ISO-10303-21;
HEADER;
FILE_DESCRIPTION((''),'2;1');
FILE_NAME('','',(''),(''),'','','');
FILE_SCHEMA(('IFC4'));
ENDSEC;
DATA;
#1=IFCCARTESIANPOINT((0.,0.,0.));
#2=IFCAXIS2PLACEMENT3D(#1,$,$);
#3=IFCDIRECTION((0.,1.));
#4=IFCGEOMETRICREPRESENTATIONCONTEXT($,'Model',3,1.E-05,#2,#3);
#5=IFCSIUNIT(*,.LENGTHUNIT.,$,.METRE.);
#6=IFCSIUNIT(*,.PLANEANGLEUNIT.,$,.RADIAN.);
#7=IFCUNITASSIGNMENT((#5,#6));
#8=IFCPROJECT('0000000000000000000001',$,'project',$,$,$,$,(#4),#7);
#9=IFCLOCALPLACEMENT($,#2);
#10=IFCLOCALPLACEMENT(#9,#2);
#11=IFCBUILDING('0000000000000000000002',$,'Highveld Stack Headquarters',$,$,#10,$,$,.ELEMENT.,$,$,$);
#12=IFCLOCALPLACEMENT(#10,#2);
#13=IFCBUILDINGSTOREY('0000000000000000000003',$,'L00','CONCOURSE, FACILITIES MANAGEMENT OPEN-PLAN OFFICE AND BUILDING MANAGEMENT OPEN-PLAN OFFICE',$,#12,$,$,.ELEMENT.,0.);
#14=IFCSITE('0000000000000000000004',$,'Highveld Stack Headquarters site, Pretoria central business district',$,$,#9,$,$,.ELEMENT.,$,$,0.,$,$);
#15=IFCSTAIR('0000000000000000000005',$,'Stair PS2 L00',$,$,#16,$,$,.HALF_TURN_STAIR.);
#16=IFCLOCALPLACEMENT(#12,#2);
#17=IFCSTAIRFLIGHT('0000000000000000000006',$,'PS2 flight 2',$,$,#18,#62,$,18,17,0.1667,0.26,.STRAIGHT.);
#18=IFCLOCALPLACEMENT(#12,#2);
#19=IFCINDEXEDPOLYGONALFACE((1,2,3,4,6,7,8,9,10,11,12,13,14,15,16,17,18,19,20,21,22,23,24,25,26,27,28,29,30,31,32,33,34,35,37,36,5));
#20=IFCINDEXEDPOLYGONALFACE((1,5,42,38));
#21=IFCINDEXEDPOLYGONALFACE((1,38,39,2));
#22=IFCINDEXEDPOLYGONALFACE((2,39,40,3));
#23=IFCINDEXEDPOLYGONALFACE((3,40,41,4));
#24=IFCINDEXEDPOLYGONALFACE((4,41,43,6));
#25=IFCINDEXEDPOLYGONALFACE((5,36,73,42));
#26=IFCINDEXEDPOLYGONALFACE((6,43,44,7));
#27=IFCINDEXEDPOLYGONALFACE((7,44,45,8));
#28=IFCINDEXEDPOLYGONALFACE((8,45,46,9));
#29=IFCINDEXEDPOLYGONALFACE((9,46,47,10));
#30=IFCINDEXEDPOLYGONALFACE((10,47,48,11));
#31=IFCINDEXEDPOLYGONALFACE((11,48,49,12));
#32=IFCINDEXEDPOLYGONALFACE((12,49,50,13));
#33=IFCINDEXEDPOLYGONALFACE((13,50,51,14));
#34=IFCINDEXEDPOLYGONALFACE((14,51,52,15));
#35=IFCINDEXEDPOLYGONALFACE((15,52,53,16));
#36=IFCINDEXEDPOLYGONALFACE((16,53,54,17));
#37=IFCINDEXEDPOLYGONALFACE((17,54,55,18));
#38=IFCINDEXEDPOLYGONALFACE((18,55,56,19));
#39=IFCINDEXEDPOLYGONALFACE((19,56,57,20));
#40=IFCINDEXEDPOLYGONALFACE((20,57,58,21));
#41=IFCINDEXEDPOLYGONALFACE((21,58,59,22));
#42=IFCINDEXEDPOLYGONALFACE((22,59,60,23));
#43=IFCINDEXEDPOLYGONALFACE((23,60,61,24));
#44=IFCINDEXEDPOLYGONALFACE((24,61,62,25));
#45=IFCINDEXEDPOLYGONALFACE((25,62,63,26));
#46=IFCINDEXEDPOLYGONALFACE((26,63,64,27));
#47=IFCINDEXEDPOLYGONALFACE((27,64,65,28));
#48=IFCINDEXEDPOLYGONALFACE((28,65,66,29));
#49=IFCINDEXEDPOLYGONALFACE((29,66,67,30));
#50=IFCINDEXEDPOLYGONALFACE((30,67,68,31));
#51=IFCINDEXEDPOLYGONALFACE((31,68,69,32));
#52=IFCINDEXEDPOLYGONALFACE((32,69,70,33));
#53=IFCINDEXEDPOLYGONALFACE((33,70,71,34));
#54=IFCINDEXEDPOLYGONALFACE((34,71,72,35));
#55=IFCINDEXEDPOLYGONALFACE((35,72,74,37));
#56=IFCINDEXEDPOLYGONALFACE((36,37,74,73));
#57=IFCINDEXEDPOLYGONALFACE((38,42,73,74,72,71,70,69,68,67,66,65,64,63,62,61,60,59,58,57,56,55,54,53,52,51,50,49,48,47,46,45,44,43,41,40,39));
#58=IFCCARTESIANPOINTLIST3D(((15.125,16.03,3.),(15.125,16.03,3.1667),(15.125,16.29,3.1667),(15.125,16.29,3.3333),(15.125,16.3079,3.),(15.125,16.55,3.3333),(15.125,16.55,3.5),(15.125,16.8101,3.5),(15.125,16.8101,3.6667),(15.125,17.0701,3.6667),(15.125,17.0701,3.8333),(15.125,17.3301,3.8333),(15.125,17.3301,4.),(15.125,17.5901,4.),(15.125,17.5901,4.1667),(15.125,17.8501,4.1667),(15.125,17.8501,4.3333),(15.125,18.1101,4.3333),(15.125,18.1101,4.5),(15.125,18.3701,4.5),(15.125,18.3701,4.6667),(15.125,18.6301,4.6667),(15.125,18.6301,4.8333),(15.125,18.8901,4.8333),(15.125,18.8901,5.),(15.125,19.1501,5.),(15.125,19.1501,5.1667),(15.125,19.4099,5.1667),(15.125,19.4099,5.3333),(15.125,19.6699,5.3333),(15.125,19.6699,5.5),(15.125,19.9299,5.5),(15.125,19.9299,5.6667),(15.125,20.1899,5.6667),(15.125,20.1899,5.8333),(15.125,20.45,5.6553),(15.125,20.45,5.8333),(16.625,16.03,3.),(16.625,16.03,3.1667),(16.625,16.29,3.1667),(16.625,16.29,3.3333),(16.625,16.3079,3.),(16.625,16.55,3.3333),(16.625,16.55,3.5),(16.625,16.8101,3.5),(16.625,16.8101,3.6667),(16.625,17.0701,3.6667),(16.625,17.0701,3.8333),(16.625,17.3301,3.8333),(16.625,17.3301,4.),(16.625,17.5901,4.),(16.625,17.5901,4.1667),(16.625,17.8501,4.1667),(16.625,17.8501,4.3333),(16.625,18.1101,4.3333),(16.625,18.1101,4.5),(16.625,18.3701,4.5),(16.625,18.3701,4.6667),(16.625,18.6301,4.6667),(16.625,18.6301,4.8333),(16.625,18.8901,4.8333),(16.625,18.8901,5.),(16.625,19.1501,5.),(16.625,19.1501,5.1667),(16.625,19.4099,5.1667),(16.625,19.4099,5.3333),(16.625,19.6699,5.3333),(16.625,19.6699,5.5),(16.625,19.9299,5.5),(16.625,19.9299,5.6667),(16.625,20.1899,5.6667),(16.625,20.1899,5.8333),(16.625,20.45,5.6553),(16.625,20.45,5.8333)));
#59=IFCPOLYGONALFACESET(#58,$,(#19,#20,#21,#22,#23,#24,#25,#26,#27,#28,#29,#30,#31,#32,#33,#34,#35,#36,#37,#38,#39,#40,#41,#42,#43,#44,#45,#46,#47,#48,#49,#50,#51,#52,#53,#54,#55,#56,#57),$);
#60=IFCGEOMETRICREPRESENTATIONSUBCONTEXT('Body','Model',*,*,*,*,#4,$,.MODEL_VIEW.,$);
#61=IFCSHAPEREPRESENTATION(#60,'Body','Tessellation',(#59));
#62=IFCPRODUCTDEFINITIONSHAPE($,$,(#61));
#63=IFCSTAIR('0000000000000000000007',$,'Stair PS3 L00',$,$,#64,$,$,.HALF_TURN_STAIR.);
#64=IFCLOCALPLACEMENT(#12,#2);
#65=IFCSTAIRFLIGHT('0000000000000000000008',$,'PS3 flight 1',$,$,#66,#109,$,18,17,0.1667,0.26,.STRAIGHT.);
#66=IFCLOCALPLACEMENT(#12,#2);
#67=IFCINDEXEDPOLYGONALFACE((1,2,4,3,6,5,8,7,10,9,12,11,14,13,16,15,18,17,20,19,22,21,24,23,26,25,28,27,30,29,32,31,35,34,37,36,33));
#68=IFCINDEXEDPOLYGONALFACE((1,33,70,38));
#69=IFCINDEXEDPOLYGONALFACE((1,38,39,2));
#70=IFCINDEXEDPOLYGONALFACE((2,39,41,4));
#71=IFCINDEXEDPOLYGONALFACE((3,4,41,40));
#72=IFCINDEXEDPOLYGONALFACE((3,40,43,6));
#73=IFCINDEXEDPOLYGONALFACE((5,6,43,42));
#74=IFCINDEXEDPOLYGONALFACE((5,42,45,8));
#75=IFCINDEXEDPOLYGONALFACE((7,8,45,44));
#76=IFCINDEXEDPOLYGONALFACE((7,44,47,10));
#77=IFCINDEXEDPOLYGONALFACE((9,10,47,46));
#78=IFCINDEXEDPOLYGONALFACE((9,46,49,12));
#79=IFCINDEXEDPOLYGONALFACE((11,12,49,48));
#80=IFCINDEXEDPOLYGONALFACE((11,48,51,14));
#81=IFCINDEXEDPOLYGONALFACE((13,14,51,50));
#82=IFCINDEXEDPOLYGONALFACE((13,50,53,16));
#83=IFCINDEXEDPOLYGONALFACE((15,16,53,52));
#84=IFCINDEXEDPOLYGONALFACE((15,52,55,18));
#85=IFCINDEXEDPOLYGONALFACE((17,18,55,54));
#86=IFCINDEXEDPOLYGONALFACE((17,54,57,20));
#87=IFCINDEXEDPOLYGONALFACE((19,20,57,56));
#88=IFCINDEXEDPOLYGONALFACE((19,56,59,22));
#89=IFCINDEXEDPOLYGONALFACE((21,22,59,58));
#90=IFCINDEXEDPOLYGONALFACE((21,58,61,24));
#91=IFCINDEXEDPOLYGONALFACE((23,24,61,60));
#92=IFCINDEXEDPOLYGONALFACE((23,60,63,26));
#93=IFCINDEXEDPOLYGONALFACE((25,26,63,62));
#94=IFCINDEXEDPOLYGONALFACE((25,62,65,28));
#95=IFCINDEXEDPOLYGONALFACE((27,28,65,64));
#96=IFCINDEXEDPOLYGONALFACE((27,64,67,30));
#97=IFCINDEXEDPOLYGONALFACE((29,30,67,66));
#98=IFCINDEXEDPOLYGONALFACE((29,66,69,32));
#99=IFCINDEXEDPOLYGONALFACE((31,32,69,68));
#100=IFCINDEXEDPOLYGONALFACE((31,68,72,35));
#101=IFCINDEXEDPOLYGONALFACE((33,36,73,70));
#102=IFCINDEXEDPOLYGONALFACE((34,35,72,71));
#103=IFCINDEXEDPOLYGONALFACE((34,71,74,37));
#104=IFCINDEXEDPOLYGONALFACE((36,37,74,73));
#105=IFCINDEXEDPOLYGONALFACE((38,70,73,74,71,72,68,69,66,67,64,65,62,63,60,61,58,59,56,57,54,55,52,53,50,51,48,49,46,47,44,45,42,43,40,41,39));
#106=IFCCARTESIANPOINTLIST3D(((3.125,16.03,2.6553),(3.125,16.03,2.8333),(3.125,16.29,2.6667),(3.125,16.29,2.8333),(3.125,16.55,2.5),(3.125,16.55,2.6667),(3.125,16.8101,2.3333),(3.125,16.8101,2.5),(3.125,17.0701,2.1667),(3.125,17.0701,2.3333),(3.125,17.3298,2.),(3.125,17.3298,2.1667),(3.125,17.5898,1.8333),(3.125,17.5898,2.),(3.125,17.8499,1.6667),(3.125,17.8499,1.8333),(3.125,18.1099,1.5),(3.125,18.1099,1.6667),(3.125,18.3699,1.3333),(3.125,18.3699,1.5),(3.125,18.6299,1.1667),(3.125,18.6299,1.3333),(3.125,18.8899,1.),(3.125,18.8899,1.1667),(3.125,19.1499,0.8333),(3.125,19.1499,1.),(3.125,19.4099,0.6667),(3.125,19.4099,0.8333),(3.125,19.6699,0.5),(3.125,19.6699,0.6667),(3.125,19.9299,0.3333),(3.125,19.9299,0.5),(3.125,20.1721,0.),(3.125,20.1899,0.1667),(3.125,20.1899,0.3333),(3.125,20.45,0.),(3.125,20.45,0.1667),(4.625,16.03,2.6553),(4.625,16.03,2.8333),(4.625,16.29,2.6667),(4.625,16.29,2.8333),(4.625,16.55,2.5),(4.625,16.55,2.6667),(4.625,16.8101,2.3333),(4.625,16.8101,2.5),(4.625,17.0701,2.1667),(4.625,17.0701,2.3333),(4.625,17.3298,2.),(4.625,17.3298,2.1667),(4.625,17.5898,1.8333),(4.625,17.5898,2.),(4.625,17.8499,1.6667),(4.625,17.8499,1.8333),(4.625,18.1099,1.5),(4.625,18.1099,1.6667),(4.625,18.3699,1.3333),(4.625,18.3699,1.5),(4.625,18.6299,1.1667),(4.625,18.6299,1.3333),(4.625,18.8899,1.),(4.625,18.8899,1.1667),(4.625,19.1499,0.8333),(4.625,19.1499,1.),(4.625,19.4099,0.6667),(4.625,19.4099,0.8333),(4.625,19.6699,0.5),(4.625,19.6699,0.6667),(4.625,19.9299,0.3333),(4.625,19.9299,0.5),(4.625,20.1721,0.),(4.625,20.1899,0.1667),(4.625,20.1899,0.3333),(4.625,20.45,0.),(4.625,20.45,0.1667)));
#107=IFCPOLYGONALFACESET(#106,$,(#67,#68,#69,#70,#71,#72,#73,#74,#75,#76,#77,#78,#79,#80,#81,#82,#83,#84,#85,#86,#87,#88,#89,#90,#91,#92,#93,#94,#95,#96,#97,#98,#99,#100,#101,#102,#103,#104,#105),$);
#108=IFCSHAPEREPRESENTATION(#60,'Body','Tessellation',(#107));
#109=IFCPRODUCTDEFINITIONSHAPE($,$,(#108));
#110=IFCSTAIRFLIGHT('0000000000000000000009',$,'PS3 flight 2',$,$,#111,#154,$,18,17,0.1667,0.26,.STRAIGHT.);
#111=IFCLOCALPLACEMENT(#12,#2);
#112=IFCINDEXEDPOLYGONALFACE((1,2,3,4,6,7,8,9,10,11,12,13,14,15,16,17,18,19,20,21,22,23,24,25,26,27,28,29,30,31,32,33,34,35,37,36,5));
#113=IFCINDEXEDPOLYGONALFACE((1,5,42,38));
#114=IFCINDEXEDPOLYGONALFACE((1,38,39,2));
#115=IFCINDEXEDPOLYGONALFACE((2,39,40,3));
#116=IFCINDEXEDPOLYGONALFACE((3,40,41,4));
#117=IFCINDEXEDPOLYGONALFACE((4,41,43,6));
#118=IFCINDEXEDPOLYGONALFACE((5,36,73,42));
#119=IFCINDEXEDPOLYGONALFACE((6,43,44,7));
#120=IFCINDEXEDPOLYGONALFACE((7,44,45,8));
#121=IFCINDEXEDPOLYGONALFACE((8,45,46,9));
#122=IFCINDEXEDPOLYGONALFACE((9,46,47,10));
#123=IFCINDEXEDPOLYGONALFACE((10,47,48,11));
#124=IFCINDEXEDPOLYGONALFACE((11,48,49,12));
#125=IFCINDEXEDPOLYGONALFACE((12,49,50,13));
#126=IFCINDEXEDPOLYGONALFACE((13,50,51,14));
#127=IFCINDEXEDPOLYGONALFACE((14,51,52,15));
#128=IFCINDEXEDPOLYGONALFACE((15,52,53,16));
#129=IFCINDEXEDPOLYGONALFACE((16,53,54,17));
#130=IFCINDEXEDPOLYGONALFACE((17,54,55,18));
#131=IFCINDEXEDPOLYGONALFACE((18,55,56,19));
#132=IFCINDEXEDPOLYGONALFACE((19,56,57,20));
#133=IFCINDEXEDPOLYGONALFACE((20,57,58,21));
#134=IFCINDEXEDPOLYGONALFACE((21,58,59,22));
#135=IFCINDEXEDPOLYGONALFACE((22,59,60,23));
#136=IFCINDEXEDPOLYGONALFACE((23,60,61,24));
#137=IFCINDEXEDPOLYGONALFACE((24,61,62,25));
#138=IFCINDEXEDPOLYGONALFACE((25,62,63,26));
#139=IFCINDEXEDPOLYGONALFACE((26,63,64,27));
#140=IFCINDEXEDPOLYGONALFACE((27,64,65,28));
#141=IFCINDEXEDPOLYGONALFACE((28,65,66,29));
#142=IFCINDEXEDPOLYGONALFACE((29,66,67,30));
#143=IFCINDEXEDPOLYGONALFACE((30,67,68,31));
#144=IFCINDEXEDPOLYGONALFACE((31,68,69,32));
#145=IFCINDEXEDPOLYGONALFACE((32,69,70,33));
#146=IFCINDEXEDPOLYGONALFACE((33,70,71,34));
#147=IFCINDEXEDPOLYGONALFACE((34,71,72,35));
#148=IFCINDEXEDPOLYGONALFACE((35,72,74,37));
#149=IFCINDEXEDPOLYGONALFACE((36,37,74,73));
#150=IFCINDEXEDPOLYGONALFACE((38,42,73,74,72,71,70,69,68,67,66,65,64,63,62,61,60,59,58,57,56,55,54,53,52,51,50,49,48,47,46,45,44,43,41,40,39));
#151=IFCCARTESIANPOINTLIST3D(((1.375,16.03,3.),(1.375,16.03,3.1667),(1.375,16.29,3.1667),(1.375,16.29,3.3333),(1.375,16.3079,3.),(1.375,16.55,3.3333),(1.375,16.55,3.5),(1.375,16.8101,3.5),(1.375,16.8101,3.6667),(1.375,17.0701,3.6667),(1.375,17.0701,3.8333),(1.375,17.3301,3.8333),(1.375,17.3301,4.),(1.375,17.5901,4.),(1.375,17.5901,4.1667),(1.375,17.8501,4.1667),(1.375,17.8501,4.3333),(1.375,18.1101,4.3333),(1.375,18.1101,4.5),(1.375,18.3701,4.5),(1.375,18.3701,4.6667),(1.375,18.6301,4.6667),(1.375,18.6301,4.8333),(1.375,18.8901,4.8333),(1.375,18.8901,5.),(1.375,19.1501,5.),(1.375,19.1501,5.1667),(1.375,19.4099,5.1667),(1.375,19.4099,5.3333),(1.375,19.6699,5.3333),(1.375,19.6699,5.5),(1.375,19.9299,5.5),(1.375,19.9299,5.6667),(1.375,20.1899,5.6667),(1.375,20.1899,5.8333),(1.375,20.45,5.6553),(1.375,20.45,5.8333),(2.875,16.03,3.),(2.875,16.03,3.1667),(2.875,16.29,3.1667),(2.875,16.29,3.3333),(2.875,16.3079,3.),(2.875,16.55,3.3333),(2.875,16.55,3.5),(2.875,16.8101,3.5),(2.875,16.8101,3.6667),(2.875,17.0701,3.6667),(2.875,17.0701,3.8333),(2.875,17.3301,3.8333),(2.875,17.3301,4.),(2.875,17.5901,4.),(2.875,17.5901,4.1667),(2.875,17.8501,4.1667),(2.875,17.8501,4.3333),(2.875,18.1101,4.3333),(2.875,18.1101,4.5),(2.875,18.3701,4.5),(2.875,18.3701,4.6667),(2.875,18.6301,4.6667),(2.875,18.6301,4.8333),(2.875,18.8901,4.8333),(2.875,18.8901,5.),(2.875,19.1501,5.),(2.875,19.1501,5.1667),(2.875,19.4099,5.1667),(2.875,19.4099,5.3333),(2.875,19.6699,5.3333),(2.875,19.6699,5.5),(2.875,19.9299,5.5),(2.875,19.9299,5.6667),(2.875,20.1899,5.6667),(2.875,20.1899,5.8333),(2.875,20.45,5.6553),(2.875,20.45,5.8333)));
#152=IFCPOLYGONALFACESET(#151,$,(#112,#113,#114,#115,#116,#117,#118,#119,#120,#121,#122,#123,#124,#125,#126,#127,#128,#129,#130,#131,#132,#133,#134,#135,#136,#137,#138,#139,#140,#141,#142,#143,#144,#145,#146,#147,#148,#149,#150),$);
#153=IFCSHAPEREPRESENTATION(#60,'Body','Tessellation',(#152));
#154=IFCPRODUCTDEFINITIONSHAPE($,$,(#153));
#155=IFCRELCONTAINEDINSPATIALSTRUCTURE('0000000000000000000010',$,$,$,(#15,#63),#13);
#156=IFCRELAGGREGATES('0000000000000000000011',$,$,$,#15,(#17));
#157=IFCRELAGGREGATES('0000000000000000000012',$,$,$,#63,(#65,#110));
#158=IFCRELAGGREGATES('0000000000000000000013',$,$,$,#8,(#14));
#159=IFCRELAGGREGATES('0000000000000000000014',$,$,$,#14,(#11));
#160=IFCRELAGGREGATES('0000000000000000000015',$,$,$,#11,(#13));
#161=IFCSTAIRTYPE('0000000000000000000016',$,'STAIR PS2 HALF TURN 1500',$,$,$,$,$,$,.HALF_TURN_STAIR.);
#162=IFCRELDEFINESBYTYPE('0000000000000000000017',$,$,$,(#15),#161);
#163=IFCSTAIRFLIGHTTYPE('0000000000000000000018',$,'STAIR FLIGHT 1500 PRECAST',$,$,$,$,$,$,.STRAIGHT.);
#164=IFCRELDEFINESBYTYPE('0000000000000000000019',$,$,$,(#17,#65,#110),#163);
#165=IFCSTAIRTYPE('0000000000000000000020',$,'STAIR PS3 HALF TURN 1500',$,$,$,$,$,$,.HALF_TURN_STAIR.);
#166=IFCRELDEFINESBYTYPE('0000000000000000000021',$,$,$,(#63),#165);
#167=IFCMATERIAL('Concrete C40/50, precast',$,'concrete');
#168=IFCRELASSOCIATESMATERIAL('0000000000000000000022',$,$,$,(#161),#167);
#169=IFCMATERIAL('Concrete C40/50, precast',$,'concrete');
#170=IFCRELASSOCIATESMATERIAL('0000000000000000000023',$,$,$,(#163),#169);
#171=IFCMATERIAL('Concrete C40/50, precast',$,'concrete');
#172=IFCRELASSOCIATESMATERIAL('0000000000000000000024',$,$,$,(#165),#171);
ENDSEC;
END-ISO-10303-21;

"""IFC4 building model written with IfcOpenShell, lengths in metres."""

from ifc_helpers import new_model, si_unit, direction, frame, origin, place, context, subcontext, project, spatial, polyline, outline, extrude, material, type_object, element, aggregate, save


model = new_model("IFC4")

# Units and contexts
model_context = context("Model", 3, precision=1e-05, world=origin(), true_north=direction((0.0, 1.0)))
body_context = subcontext(model_context, "Body", "Model", "MODEL_VIEW")
ifc_project = project(units=[si_unit("LENGTHUNIT", "METRE"), si_unit("PLANEANGLEUNIT", "RADIAN")], contexts=[model_context])

# Site, building, storey
site_placement = place(None, origin())
site = spatial("IfcSite", under=ifc_project, at=site_placement, Name="Highveld Stack Headquarters site, Pretoria central business district", CompositionType="ELEMENT", RefElevation=0.0)
building_placement = place(site_placement, origin())
building = spatial("IfcBuilding", under=site, at=building_placement, Name="Highveld Stack Headquarters", CompositionType="ELEMENT")
storey_placement = place(building_placement, origin())
storey = spatial("IfcBuildingStorey", under=building, at=storey_placement, Name="L00", Description="CONCOURSE, FACILITIES MANAGEMENT OPEN-PLAN OFFICE AND BUILDING MANAGEMENT OPEN-PLAN OFFICE", CompositionType="ELEMENT", Elevation=0.0)

# Stairs, stair flights
ifc_material_1 = material(Name="Concrete C40/50, precast", Category="concrete")
stair_type_1 = type_object("IfcStairType", Name="STAIR PS2 HALF TURN 1500", PredefinedType="HALF_TURN_STAIR", material=ifc_material_1)
stair_1_placement = place(storey_placement, origin())
stair_1 = element("IfcStair", 1, at=stair_1_placement, inside=storey, type_object=stair_type_1, Name="Stair PS2 L00", PredefinedType="HALF_TURN_STAIR")
ifc_material_2 = material(Name="Concrete C40/50, precast", Category="concrete")
stair_flight_type = type_object("IfcStairFlightType", Name="STAIR FLIGHT 1500 PRECAST", PredefinedType="STRAIGHT", material=ifc_material_2)
stair_flight_1_placement = place(storey_placement, frame((15.875, 16.03, 3.0), z_axis=(0.0, 0.0, 1.0), x_axis=(0.0, 1.0, 0.0)))
stair_flight_1 = element("IfcStairFlight", 2, at=stair_flight_1_placement, type_object=stair_flight_type, Name="PS2 flight 2", NumberOfRisers=18, NumberOfTreads=17, PredefinedType="STRAIGHT", RiserHeight=0.1667, TreadLength=0.26, context=body_context, shape_type="SweptSolid", body=[
    extrude(outline(polyline([(0.0, 0.0), (0.0, 0.1667), (0.26, 0.1667), (0.26, 0.3333), (0.52, 0.3333), (0.52, 0.5), (0.78, 0.5), (0.78, 0.6667), (1.04, 0.6667), (1.04, 0.8333), (1.3, 0.8333), (1.3, 1.0), (1.5601, 1.0), (1.5601, 1.1667), (1.8201, 1.1667), (1.8201, 1.3333), (2.0801, 1.3333), (2.0801, 1.5), (2.3401, 1.5), (2.3401, 1.6667), (2.6001, 1.6667), (2.6001, 1.8333), (2.8601, 1.8333), (2.8601, 2.0), (3.1201, 2.0), (3.1201, 2.1667), (3.3799, 2.1667), (3.3799, 2.3333), (3.6399, 2.3333), (3.6399, 2.5), (3.8999, 2.5), (3.8999, 2.6667), (4.1599, 2.6667), (4.1599, 2.8333), (4.4199, 2.8333), (4.4199, 3.0), (4.4199, 2.6553), (0.2778, 0.0), (0.0, 0.0)])), frame((0.0, 0.75, 0.0), z_axis=(0.0, -1.0, 0.0), x_axis=(1.0, 0.0, 0.0)), (0.0, 0.0, 1.0), 1.5),
])
aggregate(stair_1, [stair_flight_1])
ifc_material_3 = material(Name="Concrete C40/50, precast", Category="concrete")
stair_type_2 = type_object("IfcStairType", Name="STAIR PS3 HALF TURN 1500", PredefinedType="HALF_TURN_STAIR", material=ifc_material_3)
stair_2_placement = place(storey_placement, origin())
stair_2 = element("IfcStair", 3, at=stair_2_placement, inside=storey, type_object=stair_type_2, Name="Stair PS3 L00", PredefinedType="HALF_TURN_STAIR")
stair_flight_2_placement = place(storey_placement, frame((3.875, 20.45, 0.0), z_axis=(0.0, 0.0, 1.0), x_axis=(0.0, -1.0, 0.0)))
stair_flight_2 = element("IfcStairFlight", 4, at=stair_flight_2_placement, type_object=stair_flight_type, Name="PS3 flight 1", NumberOfRisers=18, NumberOfTreads=17, PredefinedType="STRAIGHT", RiserHeight=0.1667, TreadLength=0.26, context=body_context, shape_type="SweptSolid", body=[
    extrude(outline(polyline([(0.0, 0.0), (0.0, 0.1667), (0.26, 0.1667), (0.26, 0.3333), (0.52, 0.3333), (0.52, 0.5), (0.78, 0.5), (0.78, 0.6667), (1.04, 0.6667), (1.04, 0.8333), (1.3, 0.8333), (1.3, 1.0), (1.5601, 1.0), (1.5601, 1.1667), (1.8201, 1.1667), (1.8201, 1.3333), (2.0801, 1.3333), (2.0801, 1.5), (2.3401, 1.5), (2.3401, 1.6667), (2.6001, 1.6667), (2.6001, 1.8333), (2.8601, 1.8333), (2.8601, 2.0), (3.1201, 2.0), (3.1201, 2.1667), (3.3799, 2.1667), (3.3799, 2.3333), (3.6399, 2.3333), (3.6399, 2.5), (3.8999, 2.5), (3.8999, 2.6667), (4.1599, 2.6667), (4.1599, 2.8333), (4.4199, 2.8333), (4.4199, 3.0), (4.4199, 2.6553), (0.2778, 0.0), (0.0, 0.0)])), frame((0.0, 0.75, 0.0), z_axis=(0.0, -1.0, 0.0), x_axis=(1.0, 0.0, 0.0)), (0.0, 0.0, 1.0), 1.5),
])
stair_flight_3_placement = place(storey_placement, frame((2.125, 16.03, 3.0), z_axis=(0.0, 0.0, 1.0), x_axis=(0.0, 1.0, 0.0)))
stair_flight_3 = element("IfcStairFlight", 5, at=stair_flight_3_placement, type_object=stair_flight_type, Name="PS3 flight 2", NumberOfRisers=18, NumberOfTreads=17, PredefinedType="STRAIGHT", RiserHeight=0.1667, TreadLength=0.26, context=body_context, shape_type="SweptSolid", body=[
    extrude(outline(polyline([(0.0, 0.0), (0.0, 0.1667), (0.26, 0.1667), (0.26, 0.3333), (0.52, 0.3333), (0.52, 0.5), (0.78, 0.5), (0.78, 0.6667), (1.04, 0.6667), (1.04, 0.8333), (1.3, 0.8333), (1.3, 1.0), (1.5601, 1.0), (1.5601, 1.1667), (1.8201, 1.1667), (1.8201, 1.3333), (2.0801, 1.3333), (2.0801, 1.5), (2.3401, 1.5), (2.3401, 1.6667), (2.6001, 1.6667), (2.6001, 1.8333), (2.8601, 1.8333), (2.8601, 2.0), (3.1201, 2.0), (3.1201, 2.1667), (3.3799, 2.1667), (3.3799, 2.3333), (3.6399, 2.3333), (3.6399, 2.5), (3.8999, 2.5), (3.8999, 2.6667), (4.1599, 2.6667), (4.1599, 2.8333), (4.4199, 2.8333), (4.4199, 3.0), (4.4199, 2.6553), (0.2778, 0.0), (0.0, 0.0)])), frame((0.0, 0.75, 0.0), z_axis=(0.0, -1.0, 0.0), x_axis=(1.0, 0.0, 0.0)), (0.0, 0.0, 1.0), 1.5),
])
aggregate(stair_2, [stair_flight_2, stair_flight_3])

save(model, "model.ifc")
